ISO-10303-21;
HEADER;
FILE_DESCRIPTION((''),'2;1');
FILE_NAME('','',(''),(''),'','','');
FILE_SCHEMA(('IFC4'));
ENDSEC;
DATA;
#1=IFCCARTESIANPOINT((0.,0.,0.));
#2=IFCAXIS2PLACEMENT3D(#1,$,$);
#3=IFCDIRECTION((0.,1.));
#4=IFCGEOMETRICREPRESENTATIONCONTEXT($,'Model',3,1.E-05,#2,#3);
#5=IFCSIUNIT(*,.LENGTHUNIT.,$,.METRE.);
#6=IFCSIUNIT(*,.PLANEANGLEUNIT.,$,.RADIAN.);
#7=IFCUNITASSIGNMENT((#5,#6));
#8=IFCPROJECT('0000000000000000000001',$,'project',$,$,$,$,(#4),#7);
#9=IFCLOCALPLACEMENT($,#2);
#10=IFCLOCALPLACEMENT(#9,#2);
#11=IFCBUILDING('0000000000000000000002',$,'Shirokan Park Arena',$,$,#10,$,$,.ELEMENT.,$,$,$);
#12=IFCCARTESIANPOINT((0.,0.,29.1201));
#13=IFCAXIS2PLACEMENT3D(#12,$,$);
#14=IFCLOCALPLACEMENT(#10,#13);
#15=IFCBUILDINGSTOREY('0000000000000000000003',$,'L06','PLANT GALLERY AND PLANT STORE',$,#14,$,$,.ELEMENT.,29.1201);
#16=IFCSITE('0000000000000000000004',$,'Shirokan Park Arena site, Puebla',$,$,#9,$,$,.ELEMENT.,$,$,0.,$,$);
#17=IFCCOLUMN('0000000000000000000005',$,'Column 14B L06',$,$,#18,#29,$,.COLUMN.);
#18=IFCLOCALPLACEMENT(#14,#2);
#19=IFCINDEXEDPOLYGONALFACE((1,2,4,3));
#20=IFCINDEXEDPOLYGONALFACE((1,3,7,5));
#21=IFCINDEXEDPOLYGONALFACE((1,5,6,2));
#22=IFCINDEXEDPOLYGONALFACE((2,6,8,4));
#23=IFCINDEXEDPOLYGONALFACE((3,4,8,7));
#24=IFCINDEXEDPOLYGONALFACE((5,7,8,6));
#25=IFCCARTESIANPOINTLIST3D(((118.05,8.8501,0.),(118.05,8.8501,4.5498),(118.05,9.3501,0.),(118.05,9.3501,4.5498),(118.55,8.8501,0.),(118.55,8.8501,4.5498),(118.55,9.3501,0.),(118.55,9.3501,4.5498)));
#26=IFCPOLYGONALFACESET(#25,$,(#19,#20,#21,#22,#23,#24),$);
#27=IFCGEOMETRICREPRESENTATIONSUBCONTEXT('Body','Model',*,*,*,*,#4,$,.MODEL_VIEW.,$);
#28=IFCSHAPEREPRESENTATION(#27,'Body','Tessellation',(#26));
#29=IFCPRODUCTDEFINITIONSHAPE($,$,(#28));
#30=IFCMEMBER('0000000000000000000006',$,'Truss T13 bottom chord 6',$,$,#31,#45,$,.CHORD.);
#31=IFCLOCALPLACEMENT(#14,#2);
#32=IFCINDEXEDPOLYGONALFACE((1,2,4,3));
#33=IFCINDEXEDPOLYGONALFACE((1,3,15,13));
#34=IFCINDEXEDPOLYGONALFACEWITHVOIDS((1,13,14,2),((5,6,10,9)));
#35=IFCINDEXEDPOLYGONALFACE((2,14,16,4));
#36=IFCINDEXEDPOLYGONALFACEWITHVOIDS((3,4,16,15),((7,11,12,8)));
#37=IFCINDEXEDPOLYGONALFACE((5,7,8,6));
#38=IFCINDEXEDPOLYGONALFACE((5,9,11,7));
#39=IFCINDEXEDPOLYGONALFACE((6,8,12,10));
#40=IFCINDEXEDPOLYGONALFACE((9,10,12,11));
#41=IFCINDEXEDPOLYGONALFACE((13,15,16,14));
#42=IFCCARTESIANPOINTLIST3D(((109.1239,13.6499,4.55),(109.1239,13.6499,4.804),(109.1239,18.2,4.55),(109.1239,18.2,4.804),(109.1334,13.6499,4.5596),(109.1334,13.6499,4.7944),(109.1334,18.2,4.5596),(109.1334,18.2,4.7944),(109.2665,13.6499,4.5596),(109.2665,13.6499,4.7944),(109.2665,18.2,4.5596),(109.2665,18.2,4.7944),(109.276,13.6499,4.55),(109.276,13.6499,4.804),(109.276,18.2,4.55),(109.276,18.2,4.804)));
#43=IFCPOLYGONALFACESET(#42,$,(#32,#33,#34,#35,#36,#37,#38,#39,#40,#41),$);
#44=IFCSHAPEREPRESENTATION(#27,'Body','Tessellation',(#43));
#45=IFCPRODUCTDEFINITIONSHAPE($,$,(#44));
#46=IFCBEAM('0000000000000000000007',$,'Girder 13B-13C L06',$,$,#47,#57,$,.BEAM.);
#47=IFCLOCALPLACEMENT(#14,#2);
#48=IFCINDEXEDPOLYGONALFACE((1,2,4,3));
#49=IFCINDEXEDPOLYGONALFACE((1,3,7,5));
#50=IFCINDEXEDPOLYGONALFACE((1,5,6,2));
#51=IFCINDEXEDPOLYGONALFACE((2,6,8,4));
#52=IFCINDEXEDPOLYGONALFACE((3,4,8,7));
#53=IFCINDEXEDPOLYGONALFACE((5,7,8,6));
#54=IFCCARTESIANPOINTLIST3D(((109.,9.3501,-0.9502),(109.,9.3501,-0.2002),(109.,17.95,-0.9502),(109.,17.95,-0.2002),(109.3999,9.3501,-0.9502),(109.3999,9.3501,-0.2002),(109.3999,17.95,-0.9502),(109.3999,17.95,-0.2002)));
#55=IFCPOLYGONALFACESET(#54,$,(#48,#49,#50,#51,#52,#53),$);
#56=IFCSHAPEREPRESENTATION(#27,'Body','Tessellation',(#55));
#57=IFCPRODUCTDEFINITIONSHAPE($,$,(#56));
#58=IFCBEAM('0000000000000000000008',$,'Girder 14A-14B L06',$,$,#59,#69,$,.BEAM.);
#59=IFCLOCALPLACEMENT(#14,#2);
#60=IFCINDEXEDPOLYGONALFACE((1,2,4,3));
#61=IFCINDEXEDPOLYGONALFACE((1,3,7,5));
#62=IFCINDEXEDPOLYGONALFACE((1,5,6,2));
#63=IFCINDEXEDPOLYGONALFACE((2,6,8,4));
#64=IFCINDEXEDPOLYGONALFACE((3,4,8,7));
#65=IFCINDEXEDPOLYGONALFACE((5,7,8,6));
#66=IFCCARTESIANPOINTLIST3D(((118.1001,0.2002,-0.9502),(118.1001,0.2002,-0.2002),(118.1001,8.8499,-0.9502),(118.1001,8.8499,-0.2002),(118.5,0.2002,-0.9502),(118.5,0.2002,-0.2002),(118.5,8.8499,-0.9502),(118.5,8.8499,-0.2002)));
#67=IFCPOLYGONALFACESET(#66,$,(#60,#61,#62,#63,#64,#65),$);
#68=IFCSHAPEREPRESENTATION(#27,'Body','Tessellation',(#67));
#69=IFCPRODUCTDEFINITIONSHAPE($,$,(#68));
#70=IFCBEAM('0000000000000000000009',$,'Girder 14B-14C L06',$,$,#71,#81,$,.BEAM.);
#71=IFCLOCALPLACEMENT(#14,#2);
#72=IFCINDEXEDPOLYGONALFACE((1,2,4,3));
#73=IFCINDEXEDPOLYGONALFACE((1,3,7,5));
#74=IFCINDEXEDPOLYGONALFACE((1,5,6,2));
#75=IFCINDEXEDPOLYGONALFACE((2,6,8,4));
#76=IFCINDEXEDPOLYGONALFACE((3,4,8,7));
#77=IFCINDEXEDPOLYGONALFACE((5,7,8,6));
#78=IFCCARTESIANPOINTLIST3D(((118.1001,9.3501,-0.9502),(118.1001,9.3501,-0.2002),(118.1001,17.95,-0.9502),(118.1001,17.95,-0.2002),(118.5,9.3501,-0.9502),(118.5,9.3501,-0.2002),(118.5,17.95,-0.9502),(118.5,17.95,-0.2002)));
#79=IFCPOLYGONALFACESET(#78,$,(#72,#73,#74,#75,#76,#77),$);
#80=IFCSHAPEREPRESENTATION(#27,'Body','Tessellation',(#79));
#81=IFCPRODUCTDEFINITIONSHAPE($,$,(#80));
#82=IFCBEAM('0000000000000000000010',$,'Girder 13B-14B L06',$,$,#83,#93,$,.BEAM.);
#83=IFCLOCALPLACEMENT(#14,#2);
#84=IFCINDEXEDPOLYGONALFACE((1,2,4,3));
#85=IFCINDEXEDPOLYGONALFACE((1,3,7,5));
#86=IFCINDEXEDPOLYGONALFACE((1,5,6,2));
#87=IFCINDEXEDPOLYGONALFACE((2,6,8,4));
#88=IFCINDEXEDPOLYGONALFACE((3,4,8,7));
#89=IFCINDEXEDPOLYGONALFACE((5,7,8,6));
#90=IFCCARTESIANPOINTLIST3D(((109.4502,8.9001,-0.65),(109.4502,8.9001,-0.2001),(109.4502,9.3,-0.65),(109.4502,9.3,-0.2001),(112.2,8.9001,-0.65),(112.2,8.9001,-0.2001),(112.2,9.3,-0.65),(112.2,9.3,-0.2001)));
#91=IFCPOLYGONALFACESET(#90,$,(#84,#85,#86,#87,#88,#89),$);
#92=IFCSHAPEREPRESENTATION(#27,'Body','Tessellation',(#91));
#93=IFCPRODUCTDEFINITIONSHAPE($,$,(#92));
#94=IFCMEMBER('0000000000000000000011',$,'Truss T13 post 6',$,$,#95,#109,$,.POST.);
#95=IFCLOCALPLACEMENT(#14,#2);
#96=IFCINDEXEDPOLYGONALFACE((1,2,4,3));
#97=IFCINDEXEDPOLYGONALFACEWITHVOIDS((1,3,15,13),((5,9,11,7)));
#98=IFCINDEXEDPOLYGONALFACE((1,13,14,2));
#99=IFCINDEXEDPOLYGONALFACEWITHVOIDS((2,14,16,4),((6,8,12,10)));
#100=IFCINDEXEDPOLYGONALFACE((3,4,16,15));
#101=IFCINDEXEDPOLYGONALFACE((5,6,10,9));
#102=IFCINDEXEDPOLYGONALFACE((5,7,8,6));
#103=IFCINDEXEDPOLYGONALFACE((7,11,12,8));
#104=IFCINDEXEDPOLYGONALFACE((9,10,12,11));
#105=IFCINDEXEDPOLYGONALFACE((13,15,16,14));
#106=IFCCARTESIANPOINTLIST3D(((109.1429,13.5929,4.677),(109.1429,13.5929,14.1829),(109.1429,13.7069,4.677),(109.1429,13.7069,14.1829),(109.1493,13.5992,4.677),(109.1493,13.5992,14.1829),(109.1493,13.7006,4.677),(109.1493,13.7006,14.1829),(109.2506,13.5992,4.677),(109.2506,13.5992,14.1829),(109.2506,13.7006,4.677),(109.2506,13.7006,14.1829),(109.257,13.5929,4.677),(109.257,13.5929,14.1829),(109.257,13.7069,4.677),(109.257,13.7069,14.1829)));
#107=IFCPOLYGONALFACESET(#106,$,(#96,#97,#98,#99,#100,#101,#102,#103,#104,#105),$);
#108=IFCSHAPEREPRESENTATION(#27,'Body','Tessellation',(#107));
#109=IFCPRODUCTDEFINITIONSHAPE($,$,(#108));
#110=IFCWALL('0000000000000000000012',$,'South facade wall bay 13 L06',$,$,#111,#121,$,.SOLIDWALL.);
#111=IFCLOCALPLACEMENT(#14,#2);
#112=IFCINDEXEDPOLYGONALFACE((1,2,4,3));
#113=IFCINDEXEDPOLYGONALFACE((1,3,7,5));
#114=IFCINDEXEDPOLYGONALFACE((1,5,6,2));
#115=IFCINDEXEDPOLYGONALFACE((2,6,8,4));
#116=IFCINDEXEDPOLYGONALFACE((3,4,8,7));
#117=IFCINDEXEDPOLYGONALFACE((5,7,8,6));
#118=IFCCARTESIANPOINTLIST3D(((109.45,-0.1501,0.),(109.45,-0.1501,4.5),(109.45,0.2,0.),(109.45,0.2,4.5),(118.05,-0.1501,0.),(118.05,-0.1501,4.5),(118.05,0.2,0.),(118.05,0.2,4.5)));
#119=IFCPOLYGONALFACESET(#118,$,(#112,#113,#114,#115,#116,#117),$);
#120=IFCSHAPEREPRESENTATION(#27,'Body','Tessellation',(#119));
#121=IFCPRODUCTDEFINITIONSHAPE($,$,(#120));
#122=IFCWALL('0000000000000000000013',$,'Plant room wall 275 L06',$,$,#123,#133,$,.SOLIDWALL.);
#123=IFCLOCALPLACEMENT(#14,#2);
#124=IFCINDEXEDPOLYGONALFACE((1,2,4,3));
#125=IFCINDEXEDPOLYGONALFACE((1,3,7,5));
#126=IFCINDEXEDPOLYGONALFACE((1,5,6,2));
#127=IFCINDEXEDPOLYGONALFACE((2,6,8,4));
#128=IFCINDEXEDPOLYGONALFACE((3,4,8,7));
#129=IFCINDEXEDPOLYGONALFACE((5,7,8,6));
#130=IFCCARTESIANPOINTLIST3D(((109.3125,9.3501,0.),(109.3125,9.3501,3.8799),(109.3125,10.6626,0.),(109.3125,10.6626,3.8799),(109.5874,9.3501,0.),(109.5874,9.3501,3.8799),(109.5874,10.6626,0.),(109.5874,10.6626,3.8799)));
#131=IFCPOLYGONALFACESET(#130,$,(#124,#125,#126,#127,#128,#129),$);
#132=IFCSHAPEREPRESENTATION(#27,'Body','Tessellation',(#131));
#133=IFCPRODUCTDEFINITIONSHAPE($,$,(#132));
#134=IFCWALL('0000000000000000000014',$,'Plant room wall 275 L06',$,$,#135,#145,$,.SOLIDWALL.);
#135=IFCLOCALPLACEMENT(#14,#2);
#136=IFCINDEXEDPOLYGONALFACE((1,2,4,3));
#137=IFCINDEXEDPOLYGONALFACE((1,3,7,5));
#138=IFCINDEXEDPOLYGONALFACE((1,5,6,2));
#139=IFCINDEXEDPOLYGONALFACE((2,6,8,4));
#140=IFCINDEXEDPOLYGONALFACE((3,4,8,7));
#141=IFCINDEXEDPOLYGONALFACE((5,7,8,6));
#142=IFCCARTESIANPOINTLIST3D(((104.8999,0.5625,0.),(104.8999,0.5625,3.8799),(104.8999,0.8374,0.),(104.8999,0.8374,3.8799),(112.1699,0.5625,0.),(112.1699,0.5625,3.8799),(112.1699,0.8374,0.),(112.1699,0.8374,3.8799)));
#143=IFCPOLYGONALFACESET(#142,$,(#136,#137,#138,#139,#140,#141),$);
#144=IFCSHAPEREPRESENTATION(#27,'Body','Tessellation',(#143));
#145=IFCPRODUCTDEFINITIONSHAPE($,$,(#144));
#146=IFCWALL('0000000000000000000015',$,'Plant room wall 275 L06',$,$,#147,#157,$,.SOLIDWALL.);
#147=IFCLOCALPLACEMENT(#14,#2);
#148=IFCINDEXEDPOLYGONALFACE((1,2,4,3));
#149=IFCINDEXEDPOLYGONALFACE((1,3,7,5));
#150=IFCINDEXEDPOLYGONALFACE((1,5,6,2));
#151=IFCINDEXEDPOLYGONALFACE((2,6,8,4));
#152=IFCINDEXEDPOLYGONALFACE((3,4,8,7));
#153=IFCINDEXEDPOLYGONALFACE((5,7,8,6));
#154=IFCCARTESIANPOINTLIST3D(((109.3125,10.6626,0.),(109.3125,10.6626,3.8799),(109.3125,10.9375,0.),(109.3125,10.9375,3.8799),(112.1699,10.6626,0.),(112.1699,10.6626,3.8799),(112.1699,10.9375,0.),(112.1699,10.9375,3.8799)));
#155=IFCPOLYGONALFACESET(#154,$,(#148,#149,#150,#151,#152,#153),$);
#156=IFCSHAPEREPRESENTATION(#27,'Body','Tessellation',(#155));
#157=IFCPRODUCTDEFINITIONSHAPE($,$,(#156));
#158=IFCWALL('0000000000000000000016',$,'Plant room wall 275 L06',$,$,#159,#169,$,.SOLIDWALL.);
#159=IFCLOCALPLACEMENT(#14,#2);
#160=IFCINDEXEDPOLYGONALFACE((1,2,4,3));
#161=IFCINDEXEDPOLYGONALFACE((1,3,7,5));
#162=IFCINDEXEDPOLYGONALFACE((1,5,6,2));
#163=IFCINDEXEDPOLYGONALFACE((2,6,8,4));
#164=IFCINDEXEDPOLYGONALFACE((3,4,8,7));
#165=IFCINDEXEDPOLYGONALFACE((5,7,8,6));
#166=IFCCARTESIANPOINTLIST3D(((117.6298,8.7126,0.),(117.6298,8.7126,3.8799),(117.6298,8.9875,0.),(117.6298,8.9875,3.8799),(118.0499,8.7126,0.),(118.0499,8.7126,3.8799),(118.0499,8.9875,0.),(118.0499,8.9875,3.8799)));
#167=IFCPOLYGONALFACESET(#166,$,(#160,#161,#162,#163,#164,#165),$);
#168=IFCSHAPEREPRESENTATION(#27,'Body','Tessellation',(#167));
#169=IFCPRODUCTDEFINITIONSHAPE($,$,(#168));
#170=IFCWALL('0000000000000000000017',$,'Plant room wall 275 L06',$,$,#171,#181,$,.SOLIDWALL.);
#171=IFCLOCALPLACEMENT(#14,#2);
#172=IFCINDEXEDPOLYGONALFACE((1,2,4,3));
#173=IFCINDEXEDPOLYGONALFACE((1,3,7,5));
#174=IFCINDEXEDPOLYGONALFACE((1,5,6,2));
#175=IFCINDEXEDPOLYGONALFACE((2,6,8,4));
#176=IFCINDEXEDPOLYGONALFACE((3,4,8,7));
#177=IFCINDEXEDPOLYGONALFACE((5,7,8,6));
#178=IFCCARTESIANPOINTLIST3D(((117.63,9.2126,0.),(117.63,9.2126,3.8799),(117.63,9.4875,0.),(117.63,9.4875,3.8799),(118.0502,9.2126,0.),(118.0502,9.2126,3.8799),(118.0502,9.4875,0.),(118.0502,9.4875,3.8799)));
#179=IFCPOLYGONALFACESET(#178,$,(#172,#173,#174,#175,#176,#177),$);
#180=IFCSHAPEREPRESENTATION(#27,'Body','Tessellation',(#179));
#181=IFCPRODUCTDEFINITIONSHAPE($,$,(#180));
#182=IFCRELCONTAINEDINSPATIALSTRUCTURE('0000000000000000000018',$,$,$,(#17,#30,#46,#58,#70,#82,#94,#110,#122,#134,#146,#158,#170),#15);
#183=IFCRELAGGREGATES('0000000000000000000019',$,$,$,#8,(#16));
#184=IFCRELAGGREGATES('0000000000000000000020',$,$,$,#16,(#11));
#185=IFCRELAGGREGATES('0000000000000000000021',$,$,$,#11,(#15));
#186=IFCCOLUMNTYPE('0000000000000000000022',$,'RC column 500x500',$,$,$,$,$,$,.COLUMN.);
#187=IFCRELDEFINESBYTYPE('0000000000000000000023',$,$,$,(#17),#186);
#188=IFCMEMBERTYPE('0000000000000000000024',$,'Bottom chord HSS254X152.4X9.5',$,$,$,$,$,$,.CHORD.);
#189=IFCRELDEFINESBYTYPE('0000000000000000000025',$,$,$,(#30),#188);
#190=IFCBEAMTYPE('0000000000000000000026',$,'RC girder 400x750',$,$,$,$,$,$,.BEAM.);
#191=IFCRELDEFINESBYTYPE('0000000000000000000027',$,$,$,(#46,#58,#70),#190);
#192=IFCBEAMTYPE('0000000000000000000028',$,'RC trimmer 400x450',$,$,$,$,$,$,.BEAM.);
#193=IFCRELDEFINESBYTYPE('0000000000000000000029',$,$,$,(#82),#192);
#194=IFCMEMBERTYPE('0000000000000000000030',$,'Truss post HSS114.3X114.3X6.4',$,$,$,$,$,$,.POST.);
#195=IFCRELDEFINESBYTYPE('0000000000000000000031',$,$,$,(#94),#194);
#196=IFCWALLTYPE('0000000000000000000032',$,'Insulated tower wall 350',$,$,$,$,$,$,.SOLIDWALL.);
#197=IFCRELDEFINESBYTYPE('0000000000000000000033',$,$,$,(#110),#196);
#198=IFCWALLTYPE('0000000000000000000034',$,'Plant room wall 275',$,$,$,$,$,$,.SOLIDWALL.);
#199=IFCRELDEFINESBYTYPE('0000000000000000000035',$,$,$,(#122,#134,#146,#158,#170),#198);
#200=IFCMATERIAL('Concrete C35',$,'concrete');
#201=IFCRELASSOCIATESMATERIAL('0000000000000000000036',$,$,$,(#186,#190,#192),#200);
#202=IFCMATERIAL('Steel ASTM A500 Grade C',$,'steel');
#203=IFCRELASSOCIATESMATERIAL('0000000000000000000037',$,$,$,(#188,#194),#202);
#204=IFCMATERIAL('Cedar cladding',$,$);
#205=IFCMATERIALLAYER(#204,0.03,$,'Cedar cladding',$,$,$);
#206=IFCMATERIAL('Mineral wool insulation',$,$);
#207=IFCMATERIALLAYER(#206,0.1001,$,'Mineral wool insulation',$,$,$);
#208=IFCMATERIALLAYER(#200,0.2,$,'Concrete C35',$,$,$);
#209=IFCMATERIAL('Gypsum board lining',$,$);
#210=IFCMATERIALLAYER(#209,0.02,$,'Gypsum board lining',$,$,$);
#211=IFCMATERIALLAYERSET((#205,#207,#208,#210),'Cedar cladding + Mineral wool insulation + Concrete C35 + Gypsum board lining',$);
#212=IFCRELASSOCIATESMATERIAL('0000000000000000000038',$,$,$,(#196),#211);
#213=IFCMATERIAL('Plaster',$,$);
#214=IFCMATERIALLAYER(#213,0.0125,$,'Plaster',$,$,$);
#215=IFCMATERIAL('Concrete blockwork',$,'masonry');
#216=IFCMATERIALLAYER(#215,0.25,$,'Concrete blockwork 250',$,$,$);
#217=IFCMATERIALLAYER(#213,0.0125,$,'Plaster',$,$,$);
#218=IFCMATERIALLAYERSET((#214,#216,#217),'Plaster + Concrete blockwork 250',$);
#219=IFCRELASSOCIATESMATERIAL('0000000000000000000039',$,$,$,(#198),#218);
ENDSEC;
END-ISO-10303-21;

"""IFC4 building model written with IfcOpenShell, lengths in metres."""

from ifc_helpers import new_model, si_unit, direction, frame, frame_2d, origin, origin_2d, place, context, subcontext, project, spatial, rectangle, hollow_rectangle, extrude, material, layer, layer_set, material_profile, profile_set, type_object, element, save


model = new_model("IFC4")

# Units and contexts
model_context = context("Model", 3, precision=1e-05, world=origin(), true_north=direction((0.0, 1.0)))
body_context = subcontext(model_context, "Body", "Model", "MODEL_VIEW")
ifc_project = project(units=[si_unit("LENGTHUNIT", "METRE"), si_unit("PLANEANGLEUNIT", "RADIAN")], contexts=[model_context])

# Site, building, storey
site_placement = place(None, origin())
site = spatial("IfcSite", under=ifc_project, at=site_placement, Name="Shirokan Park Arena site, Puebla", CompositionType="ELEMENT", RefElevation=0.0)
building_placement = place(site_placement, origin())
building = spatial("IfcBuilding", under=site, at=building_placement, Name="Shirokan Park Arena", CompositionType="ELEMENT")
storey_placement = place(building_placement, frame((0.0, 0.0, 29.1201)))
storey = spatial("IfcBuildingStorey", under=building, at=storey_placement, Name="L06", Description="PLANT GALLERY AND PLANT STORE", CompositionType="ELEMENT", Elevation=29.1201)

# Column
ifc_material_1 = material(Name="Concrete C35", Category="concrete")
ifc_material_profile_1 = material_profile(ifc_material_1, rectangle(XDim=0.5, YDim=0.5, at=origin_2d()), Name="500x500")
ifc_profile_set_1 = profile_set([ifc_material_profile_1], Name="Concrete C35")
column_type = type_object("IfcColumnType", Name="RC column 500x500", PredefinedType="COLUMN", material=ifc_profile_set_1)
column_placement = place(storey_placement, frame((118.3, 9.1001, 0.0), z_axis=(0.0, 0.0, 1.0), x_axis=(1.0, 0.0, 0.0)))
element("IfcColumn", 1, at=column_placement, inside=storey, type_object=column_type, Name="Column 14B L06", PredefinedType="COLUMN", context=body_context, shape_type="SweptSolid", body=[
    extrude(rectangle(XDim=0.5, YDim=0.5, at=origin_2d()), origin(), (0.0, 0.0, 1.0), 4.5498),
])

# Member
ifc_material_2 = material(Name="Steel ASTM A500 Grade C", Category="steel")
ifc_material_profile_2 = material_profile(ifc_material_2, hollow_rectangle(XDim=0.1521, YDim=0.2539, WallThickness=0.0095, at=origin_2d()), Name="HSS254X152.4X9.5")
ifc_profile_set_2 = profile_set([ifc_material_profile_2], Name="Steel ASTM A500 Grade C")
member_type_1 = type_object("IfcMemberType", Name="Bottom chord HSS254X152.4X9.5", PredefinedType="CHORD", material=ifc_profile_set_2)
member_1_placement = place(storey_placement, frame((109.2, 13.6499, 4.677), z_axis=(0.0, 1.0, 0.0), x_axis=(-1.0, 0.0, 0.0)))
element("IfcMember", 2, at=member_1_placement, inside=storey, type_object=member_type_1, Name="Truss T13 bottom chord 6", PredefinedType="CHORD", context=body_context, shape_type="SweptSolid", body=[
    extrude(hollow_rectangle(XDim=0.1521, YDim=0.2539, WallThickness=0.0095, at=origin_2d()), origin(), (0.0, 0.0, 1.0), 4.55),
])

# Beams
ifc_material_profile_3 = material_profile(ifc_material_1, rectangle(XDim=0.3999, YDim=0.75, at=origin_2d()), Name="400x750")
ifc_profile_set_3 = profile_set([ifc_material_profile_3], Name="Concrete C35")
beam_type_1 = type_object("IfcBeamType", Name="RC girder 400x750", PredefinedType="BEAM", material=ifc_profile_set_3)
beam_1_placement = place(storey_placement, frame((109.2, 9.3501, -0.5752), z_axis=(0.0, 1.0, 0.0), x_axis=(-1.0, 0.0, 0.0)))
element("IfcBeam", 3, at=beam_1_placement, inside=storey, type_object=beam_type_1, Name="Girder 13B-13C L06", PredefinedType="BEAM", context=body_context, shape_type="SweptSolid", body=[
    extrude(rectangle(XDim=0.3999, YDim=0.75, at=origin_2d()), origin(), (0.0, 0.0, 1.0), 8.5999),
])
beam_2_placement = place(storey_placement, frame((118.3, 0.2002, -0.5752), z_axis=(0.0, 1.0, 0.0), x_axis=(-1.0, 0.0, 0.0)))
element("IfcBeam", 4, at=beam_2_placement, inside=storey, type_object=beam_type_1, Name="Girder 14A-14B L06", PredefinedType="BEAM", context=body_context, shape_type="SweptSolid", body=[
    extrude(rectangle(XDim=0.3999, YDim=0.75, at=origin_2d()), origin(), (0.0, 0.0, 1.0), 8.6497),
])
beam_3_placement = place(storey_placement, frame((118.3, 9.3501, -0.5752), z_axis=(0.0, 1.0, 0.0), x_axis=(-1.0, 0.0, 0.0)))
element("IfcBeam", 5, at=beam_3_placement, inside=storey, type_object=beam_type_1, Name="Girder 14B-14C L06", PredefinedType="BEAM", context=body_context, shape_type="SweptSolid", body=[
    extrude(rectangle(XDim=0.3999, YDim=0.75, at=origin_2d()), origin(), (0.0, 0.0, 1.0), 8.5999),
])
ifc_material_profile_4 = material_profile(ifc_material_1, rectangle(XDim=0.3999, YDim=0.45, at=origin_2d()), Name="400x450")
ifc_profile_set_4 = profile_set([ifc_material_profile_4], Name="Concrete C35")
beam_type_2 = type_object("IfcBeamType", Name="RC trimmer 400x450", PredefinedType="BEAM", material=ifc_profile_set_4)
beam_4_placement = place(storey_placement, frame((109.4502, 9.1001, -0.425), z_axis=(1.0, 0.0, 0.0), x_axis=(0.0, 1.0, 0.0)))
element("IfcBeam", 6, at=beam_4_placement, inside=storey, type_object=beam_type_2, Name="Girder 13B-14B L06", PredefinedType="BEAM", context=body_context, shape_type="SweptSolid", body=[
    extrude(rectangle(XDim=0.3999, YDim=0.45, at=origin_2d()), origin(), (0.0, 0.0, 1.0), 2.7498),
])

# Member
ifc_material_profile_5 = material_profile(ifc_material_2, hollow_rectangle(XDim=0.114, YDim=0.114, WallThickness=0.0063, at=origin_2d()), Name="HSS114.3X114.3X6.4")
ifc_profile_set_5 = profile_set([ifc_material_profile_5], Name="Steel ASTM A500 Grade C")
member_type_2 = type_object("IfcMemberType", Name="Truss post HSS114.3X114.3X6.4", PredefinedType="POST", material=ifc_profile_set_5)
member_2_placement = place(storey_placement, frame((109.2, 13.6499, 4.677), z_axis=(0.0, 0.0, 1.0), x_axis=(1.0, 0.0, 0.0)))
element("IfcMember", 7, at=member_2_placement, inside=storey, type_object=member_type_2, Name="Truss T13 post 6", PredefinedType="POST", context=body_context, shape_type="SweptSolid", body=[
    extrude(hollow_rectangle(XDim=0.114, YDim=0.114, WallThickness=0.0063, at=origin_2d()), origin(), (0.0, 0.0, 1.0), 9.5059),
])

# Walls
ifc_material_3 = material(Name="Cedar cladding")
ifc_layer_1 = layer(ifc_material_3, 0.03, Name="Cedar cladding")
ifc_material_4 = material(Name="Mineral wool insulation")
ifc_layer_2 = layer(ifc_material_4, 0.1001, Name="Mineral wool insulation")
ifc_layer_3 = layer(ifc_material_1, 0.2, Name="Concrete C35")
ifc_material_5 = material(Name="Gypsum board lining")
ifc_layer_4 = layer(ifc_material_5, 0.02, Name="Gypsum board lining")
ifc_layer_set_1 = layer_set([ifc_layer_1, ifc_layer_2, ifc_layer_3, ifc_layer_4], Name="Cedar cladding + Mineral wool insulation + Concrete C35 + Gypsum board lining")
wall_type_1 = type_object("IfcWallType", Name="Insulated tower wall 350", PredefinedType="SOLIDWALL", material=ifc_layer_set_1)
wall_1_placement = place(storey_placement, frame((109.45, 0.0249, 0.0), z_axis=(0.0, 0.0, 1.0), x_axis=(1.0, 0.0, 0.0)))
element("IfcWall", 8, at=wall_1_placement, inside=storey, type_object=wall_type_1, Name="South facade wall bay 13 L06", PredefinedType="SOLIDWALL", context=body_context, shape_type="SweptSolid", body=[
    extrude(rectangle(XDim=8.6001, YDim=0.3501, at=frame_2d((4.3, 0.0))), origin(), (0.0, 0.0, 1.0), 4.5),
])
ifc_material_6 = material(Name="Plaster")
ifc_layer_5 = layer(ifc_material_6, 0.0125, Name="Plaster")
ifc_material_7 = material(Name="Concrete blockwork", Category="masonry")
ifc_layer_6 = layer(ifc_material_7, 0.25, Name="Concrete blockwork 250")
ifc_layer_7 = layer(ifc_material_6, 0.0125, Name="Plaster")
ifc_layer_set_2 = layer_set([ifc_layer_5, ifc_layer_6, ifc_layer_7], Name="Plaster + Concrete blockwork 250")
wall_type_2 = type_object("IfcWallType", Name="Plant room wall 275", PredefinedType="SOLIDWALL", material=ifc_layer_set_2)
wall_2_placement = place(storey_placement, frame((109.45, 10.6626, 0.0), z_axis=(0.0, 0.0, 1.0), x_axis=(0.0, -1.0, 0.0)))
element("IfcWall", 9, at=wall_2_placement, inside=storey, type_object=wall_type_2, Name="Plant room wall 275 L06", PredefinedType="SOLIDWALL", context=body_context, shape_type="SweptSolid", body=[
    extrude(rectangle(XDim=1.3125, YDim=0.2749, at=frame_2d((0.6562, 0.0))), origin(), (0.0, 0.0, 1.0), 3.8799),
])
wall_3_placement = place(storey_placement, frame((112.1699, 0.7, 0.0), z_axis=(0.0, 0.0, 1.0), x_axis=(-1.0, 0.0, 0.0)))
element("IfcWall", 10, at=wall_3_placement, inside=storey, type_object=wall_type_2, Name="Plant room wall 275 L06", PredefinedType="SOLIDWALL", context=body_context, shape_type="SweptSolid", body=[
    extrude(rectangle(XDim=7.27, YDim=0.2749, at=frame_2d((3.635, 0.0))), origin(), (0.0, 0.0, 1.0), 3.8799),
])
wall_4_placement = place(storey_placement, frame((112.1699, 10.8, 0.0), z_axis=(0.0, 0.0, 1.0), x_axis=(-1.0, 0.0, 0.0)))
element("IfcWall", 11, at=wall_4_placement, inside=storey, type_object=wall_type_2, Name="Plant room wall 275 L06", PredefinedType="SOLIDWALL", context=body_context, shape_type="SweptSolid", body=[
    extrude(rectangle(XDim=2.8574, YDim=0.2749, at=frame_2d((1.4287, 0.0))), origin(), (0.0, 0.0, 1.0), 3.8799),
])
for number, where, z_axis, x_axis, name in (
    (12, (117.6299, 8.8501, 0.0), (0.0, 0.0, 1.0), (1.0, 0.0, 0.0), "Plant room wall 275 L06"),
    (13, (118.05, 9.3501, 0.0), (0.0, 0.0, 1.0), (-1.0, 0.0, 0.0), "Plant room wall 275 L06"),
):
    element("IfcWall", number, at=place(storey_placement, frame(where, z_axis=z_axis, x_axis=x_axis)), inside=storey, type_object=wall_type_2, Name=name, PredefinedType="SOLIDWALL", context=body_context, shape_type="SweptSolid", body=[
        extrude(rectangle(XDim=0.4202, YDim=0.2749, at=frame_2d((0.21, 0.0))), origin(), (0.0, 0.0, 1.0), 3.8799),
    ])

save(model, "model.ifc")
